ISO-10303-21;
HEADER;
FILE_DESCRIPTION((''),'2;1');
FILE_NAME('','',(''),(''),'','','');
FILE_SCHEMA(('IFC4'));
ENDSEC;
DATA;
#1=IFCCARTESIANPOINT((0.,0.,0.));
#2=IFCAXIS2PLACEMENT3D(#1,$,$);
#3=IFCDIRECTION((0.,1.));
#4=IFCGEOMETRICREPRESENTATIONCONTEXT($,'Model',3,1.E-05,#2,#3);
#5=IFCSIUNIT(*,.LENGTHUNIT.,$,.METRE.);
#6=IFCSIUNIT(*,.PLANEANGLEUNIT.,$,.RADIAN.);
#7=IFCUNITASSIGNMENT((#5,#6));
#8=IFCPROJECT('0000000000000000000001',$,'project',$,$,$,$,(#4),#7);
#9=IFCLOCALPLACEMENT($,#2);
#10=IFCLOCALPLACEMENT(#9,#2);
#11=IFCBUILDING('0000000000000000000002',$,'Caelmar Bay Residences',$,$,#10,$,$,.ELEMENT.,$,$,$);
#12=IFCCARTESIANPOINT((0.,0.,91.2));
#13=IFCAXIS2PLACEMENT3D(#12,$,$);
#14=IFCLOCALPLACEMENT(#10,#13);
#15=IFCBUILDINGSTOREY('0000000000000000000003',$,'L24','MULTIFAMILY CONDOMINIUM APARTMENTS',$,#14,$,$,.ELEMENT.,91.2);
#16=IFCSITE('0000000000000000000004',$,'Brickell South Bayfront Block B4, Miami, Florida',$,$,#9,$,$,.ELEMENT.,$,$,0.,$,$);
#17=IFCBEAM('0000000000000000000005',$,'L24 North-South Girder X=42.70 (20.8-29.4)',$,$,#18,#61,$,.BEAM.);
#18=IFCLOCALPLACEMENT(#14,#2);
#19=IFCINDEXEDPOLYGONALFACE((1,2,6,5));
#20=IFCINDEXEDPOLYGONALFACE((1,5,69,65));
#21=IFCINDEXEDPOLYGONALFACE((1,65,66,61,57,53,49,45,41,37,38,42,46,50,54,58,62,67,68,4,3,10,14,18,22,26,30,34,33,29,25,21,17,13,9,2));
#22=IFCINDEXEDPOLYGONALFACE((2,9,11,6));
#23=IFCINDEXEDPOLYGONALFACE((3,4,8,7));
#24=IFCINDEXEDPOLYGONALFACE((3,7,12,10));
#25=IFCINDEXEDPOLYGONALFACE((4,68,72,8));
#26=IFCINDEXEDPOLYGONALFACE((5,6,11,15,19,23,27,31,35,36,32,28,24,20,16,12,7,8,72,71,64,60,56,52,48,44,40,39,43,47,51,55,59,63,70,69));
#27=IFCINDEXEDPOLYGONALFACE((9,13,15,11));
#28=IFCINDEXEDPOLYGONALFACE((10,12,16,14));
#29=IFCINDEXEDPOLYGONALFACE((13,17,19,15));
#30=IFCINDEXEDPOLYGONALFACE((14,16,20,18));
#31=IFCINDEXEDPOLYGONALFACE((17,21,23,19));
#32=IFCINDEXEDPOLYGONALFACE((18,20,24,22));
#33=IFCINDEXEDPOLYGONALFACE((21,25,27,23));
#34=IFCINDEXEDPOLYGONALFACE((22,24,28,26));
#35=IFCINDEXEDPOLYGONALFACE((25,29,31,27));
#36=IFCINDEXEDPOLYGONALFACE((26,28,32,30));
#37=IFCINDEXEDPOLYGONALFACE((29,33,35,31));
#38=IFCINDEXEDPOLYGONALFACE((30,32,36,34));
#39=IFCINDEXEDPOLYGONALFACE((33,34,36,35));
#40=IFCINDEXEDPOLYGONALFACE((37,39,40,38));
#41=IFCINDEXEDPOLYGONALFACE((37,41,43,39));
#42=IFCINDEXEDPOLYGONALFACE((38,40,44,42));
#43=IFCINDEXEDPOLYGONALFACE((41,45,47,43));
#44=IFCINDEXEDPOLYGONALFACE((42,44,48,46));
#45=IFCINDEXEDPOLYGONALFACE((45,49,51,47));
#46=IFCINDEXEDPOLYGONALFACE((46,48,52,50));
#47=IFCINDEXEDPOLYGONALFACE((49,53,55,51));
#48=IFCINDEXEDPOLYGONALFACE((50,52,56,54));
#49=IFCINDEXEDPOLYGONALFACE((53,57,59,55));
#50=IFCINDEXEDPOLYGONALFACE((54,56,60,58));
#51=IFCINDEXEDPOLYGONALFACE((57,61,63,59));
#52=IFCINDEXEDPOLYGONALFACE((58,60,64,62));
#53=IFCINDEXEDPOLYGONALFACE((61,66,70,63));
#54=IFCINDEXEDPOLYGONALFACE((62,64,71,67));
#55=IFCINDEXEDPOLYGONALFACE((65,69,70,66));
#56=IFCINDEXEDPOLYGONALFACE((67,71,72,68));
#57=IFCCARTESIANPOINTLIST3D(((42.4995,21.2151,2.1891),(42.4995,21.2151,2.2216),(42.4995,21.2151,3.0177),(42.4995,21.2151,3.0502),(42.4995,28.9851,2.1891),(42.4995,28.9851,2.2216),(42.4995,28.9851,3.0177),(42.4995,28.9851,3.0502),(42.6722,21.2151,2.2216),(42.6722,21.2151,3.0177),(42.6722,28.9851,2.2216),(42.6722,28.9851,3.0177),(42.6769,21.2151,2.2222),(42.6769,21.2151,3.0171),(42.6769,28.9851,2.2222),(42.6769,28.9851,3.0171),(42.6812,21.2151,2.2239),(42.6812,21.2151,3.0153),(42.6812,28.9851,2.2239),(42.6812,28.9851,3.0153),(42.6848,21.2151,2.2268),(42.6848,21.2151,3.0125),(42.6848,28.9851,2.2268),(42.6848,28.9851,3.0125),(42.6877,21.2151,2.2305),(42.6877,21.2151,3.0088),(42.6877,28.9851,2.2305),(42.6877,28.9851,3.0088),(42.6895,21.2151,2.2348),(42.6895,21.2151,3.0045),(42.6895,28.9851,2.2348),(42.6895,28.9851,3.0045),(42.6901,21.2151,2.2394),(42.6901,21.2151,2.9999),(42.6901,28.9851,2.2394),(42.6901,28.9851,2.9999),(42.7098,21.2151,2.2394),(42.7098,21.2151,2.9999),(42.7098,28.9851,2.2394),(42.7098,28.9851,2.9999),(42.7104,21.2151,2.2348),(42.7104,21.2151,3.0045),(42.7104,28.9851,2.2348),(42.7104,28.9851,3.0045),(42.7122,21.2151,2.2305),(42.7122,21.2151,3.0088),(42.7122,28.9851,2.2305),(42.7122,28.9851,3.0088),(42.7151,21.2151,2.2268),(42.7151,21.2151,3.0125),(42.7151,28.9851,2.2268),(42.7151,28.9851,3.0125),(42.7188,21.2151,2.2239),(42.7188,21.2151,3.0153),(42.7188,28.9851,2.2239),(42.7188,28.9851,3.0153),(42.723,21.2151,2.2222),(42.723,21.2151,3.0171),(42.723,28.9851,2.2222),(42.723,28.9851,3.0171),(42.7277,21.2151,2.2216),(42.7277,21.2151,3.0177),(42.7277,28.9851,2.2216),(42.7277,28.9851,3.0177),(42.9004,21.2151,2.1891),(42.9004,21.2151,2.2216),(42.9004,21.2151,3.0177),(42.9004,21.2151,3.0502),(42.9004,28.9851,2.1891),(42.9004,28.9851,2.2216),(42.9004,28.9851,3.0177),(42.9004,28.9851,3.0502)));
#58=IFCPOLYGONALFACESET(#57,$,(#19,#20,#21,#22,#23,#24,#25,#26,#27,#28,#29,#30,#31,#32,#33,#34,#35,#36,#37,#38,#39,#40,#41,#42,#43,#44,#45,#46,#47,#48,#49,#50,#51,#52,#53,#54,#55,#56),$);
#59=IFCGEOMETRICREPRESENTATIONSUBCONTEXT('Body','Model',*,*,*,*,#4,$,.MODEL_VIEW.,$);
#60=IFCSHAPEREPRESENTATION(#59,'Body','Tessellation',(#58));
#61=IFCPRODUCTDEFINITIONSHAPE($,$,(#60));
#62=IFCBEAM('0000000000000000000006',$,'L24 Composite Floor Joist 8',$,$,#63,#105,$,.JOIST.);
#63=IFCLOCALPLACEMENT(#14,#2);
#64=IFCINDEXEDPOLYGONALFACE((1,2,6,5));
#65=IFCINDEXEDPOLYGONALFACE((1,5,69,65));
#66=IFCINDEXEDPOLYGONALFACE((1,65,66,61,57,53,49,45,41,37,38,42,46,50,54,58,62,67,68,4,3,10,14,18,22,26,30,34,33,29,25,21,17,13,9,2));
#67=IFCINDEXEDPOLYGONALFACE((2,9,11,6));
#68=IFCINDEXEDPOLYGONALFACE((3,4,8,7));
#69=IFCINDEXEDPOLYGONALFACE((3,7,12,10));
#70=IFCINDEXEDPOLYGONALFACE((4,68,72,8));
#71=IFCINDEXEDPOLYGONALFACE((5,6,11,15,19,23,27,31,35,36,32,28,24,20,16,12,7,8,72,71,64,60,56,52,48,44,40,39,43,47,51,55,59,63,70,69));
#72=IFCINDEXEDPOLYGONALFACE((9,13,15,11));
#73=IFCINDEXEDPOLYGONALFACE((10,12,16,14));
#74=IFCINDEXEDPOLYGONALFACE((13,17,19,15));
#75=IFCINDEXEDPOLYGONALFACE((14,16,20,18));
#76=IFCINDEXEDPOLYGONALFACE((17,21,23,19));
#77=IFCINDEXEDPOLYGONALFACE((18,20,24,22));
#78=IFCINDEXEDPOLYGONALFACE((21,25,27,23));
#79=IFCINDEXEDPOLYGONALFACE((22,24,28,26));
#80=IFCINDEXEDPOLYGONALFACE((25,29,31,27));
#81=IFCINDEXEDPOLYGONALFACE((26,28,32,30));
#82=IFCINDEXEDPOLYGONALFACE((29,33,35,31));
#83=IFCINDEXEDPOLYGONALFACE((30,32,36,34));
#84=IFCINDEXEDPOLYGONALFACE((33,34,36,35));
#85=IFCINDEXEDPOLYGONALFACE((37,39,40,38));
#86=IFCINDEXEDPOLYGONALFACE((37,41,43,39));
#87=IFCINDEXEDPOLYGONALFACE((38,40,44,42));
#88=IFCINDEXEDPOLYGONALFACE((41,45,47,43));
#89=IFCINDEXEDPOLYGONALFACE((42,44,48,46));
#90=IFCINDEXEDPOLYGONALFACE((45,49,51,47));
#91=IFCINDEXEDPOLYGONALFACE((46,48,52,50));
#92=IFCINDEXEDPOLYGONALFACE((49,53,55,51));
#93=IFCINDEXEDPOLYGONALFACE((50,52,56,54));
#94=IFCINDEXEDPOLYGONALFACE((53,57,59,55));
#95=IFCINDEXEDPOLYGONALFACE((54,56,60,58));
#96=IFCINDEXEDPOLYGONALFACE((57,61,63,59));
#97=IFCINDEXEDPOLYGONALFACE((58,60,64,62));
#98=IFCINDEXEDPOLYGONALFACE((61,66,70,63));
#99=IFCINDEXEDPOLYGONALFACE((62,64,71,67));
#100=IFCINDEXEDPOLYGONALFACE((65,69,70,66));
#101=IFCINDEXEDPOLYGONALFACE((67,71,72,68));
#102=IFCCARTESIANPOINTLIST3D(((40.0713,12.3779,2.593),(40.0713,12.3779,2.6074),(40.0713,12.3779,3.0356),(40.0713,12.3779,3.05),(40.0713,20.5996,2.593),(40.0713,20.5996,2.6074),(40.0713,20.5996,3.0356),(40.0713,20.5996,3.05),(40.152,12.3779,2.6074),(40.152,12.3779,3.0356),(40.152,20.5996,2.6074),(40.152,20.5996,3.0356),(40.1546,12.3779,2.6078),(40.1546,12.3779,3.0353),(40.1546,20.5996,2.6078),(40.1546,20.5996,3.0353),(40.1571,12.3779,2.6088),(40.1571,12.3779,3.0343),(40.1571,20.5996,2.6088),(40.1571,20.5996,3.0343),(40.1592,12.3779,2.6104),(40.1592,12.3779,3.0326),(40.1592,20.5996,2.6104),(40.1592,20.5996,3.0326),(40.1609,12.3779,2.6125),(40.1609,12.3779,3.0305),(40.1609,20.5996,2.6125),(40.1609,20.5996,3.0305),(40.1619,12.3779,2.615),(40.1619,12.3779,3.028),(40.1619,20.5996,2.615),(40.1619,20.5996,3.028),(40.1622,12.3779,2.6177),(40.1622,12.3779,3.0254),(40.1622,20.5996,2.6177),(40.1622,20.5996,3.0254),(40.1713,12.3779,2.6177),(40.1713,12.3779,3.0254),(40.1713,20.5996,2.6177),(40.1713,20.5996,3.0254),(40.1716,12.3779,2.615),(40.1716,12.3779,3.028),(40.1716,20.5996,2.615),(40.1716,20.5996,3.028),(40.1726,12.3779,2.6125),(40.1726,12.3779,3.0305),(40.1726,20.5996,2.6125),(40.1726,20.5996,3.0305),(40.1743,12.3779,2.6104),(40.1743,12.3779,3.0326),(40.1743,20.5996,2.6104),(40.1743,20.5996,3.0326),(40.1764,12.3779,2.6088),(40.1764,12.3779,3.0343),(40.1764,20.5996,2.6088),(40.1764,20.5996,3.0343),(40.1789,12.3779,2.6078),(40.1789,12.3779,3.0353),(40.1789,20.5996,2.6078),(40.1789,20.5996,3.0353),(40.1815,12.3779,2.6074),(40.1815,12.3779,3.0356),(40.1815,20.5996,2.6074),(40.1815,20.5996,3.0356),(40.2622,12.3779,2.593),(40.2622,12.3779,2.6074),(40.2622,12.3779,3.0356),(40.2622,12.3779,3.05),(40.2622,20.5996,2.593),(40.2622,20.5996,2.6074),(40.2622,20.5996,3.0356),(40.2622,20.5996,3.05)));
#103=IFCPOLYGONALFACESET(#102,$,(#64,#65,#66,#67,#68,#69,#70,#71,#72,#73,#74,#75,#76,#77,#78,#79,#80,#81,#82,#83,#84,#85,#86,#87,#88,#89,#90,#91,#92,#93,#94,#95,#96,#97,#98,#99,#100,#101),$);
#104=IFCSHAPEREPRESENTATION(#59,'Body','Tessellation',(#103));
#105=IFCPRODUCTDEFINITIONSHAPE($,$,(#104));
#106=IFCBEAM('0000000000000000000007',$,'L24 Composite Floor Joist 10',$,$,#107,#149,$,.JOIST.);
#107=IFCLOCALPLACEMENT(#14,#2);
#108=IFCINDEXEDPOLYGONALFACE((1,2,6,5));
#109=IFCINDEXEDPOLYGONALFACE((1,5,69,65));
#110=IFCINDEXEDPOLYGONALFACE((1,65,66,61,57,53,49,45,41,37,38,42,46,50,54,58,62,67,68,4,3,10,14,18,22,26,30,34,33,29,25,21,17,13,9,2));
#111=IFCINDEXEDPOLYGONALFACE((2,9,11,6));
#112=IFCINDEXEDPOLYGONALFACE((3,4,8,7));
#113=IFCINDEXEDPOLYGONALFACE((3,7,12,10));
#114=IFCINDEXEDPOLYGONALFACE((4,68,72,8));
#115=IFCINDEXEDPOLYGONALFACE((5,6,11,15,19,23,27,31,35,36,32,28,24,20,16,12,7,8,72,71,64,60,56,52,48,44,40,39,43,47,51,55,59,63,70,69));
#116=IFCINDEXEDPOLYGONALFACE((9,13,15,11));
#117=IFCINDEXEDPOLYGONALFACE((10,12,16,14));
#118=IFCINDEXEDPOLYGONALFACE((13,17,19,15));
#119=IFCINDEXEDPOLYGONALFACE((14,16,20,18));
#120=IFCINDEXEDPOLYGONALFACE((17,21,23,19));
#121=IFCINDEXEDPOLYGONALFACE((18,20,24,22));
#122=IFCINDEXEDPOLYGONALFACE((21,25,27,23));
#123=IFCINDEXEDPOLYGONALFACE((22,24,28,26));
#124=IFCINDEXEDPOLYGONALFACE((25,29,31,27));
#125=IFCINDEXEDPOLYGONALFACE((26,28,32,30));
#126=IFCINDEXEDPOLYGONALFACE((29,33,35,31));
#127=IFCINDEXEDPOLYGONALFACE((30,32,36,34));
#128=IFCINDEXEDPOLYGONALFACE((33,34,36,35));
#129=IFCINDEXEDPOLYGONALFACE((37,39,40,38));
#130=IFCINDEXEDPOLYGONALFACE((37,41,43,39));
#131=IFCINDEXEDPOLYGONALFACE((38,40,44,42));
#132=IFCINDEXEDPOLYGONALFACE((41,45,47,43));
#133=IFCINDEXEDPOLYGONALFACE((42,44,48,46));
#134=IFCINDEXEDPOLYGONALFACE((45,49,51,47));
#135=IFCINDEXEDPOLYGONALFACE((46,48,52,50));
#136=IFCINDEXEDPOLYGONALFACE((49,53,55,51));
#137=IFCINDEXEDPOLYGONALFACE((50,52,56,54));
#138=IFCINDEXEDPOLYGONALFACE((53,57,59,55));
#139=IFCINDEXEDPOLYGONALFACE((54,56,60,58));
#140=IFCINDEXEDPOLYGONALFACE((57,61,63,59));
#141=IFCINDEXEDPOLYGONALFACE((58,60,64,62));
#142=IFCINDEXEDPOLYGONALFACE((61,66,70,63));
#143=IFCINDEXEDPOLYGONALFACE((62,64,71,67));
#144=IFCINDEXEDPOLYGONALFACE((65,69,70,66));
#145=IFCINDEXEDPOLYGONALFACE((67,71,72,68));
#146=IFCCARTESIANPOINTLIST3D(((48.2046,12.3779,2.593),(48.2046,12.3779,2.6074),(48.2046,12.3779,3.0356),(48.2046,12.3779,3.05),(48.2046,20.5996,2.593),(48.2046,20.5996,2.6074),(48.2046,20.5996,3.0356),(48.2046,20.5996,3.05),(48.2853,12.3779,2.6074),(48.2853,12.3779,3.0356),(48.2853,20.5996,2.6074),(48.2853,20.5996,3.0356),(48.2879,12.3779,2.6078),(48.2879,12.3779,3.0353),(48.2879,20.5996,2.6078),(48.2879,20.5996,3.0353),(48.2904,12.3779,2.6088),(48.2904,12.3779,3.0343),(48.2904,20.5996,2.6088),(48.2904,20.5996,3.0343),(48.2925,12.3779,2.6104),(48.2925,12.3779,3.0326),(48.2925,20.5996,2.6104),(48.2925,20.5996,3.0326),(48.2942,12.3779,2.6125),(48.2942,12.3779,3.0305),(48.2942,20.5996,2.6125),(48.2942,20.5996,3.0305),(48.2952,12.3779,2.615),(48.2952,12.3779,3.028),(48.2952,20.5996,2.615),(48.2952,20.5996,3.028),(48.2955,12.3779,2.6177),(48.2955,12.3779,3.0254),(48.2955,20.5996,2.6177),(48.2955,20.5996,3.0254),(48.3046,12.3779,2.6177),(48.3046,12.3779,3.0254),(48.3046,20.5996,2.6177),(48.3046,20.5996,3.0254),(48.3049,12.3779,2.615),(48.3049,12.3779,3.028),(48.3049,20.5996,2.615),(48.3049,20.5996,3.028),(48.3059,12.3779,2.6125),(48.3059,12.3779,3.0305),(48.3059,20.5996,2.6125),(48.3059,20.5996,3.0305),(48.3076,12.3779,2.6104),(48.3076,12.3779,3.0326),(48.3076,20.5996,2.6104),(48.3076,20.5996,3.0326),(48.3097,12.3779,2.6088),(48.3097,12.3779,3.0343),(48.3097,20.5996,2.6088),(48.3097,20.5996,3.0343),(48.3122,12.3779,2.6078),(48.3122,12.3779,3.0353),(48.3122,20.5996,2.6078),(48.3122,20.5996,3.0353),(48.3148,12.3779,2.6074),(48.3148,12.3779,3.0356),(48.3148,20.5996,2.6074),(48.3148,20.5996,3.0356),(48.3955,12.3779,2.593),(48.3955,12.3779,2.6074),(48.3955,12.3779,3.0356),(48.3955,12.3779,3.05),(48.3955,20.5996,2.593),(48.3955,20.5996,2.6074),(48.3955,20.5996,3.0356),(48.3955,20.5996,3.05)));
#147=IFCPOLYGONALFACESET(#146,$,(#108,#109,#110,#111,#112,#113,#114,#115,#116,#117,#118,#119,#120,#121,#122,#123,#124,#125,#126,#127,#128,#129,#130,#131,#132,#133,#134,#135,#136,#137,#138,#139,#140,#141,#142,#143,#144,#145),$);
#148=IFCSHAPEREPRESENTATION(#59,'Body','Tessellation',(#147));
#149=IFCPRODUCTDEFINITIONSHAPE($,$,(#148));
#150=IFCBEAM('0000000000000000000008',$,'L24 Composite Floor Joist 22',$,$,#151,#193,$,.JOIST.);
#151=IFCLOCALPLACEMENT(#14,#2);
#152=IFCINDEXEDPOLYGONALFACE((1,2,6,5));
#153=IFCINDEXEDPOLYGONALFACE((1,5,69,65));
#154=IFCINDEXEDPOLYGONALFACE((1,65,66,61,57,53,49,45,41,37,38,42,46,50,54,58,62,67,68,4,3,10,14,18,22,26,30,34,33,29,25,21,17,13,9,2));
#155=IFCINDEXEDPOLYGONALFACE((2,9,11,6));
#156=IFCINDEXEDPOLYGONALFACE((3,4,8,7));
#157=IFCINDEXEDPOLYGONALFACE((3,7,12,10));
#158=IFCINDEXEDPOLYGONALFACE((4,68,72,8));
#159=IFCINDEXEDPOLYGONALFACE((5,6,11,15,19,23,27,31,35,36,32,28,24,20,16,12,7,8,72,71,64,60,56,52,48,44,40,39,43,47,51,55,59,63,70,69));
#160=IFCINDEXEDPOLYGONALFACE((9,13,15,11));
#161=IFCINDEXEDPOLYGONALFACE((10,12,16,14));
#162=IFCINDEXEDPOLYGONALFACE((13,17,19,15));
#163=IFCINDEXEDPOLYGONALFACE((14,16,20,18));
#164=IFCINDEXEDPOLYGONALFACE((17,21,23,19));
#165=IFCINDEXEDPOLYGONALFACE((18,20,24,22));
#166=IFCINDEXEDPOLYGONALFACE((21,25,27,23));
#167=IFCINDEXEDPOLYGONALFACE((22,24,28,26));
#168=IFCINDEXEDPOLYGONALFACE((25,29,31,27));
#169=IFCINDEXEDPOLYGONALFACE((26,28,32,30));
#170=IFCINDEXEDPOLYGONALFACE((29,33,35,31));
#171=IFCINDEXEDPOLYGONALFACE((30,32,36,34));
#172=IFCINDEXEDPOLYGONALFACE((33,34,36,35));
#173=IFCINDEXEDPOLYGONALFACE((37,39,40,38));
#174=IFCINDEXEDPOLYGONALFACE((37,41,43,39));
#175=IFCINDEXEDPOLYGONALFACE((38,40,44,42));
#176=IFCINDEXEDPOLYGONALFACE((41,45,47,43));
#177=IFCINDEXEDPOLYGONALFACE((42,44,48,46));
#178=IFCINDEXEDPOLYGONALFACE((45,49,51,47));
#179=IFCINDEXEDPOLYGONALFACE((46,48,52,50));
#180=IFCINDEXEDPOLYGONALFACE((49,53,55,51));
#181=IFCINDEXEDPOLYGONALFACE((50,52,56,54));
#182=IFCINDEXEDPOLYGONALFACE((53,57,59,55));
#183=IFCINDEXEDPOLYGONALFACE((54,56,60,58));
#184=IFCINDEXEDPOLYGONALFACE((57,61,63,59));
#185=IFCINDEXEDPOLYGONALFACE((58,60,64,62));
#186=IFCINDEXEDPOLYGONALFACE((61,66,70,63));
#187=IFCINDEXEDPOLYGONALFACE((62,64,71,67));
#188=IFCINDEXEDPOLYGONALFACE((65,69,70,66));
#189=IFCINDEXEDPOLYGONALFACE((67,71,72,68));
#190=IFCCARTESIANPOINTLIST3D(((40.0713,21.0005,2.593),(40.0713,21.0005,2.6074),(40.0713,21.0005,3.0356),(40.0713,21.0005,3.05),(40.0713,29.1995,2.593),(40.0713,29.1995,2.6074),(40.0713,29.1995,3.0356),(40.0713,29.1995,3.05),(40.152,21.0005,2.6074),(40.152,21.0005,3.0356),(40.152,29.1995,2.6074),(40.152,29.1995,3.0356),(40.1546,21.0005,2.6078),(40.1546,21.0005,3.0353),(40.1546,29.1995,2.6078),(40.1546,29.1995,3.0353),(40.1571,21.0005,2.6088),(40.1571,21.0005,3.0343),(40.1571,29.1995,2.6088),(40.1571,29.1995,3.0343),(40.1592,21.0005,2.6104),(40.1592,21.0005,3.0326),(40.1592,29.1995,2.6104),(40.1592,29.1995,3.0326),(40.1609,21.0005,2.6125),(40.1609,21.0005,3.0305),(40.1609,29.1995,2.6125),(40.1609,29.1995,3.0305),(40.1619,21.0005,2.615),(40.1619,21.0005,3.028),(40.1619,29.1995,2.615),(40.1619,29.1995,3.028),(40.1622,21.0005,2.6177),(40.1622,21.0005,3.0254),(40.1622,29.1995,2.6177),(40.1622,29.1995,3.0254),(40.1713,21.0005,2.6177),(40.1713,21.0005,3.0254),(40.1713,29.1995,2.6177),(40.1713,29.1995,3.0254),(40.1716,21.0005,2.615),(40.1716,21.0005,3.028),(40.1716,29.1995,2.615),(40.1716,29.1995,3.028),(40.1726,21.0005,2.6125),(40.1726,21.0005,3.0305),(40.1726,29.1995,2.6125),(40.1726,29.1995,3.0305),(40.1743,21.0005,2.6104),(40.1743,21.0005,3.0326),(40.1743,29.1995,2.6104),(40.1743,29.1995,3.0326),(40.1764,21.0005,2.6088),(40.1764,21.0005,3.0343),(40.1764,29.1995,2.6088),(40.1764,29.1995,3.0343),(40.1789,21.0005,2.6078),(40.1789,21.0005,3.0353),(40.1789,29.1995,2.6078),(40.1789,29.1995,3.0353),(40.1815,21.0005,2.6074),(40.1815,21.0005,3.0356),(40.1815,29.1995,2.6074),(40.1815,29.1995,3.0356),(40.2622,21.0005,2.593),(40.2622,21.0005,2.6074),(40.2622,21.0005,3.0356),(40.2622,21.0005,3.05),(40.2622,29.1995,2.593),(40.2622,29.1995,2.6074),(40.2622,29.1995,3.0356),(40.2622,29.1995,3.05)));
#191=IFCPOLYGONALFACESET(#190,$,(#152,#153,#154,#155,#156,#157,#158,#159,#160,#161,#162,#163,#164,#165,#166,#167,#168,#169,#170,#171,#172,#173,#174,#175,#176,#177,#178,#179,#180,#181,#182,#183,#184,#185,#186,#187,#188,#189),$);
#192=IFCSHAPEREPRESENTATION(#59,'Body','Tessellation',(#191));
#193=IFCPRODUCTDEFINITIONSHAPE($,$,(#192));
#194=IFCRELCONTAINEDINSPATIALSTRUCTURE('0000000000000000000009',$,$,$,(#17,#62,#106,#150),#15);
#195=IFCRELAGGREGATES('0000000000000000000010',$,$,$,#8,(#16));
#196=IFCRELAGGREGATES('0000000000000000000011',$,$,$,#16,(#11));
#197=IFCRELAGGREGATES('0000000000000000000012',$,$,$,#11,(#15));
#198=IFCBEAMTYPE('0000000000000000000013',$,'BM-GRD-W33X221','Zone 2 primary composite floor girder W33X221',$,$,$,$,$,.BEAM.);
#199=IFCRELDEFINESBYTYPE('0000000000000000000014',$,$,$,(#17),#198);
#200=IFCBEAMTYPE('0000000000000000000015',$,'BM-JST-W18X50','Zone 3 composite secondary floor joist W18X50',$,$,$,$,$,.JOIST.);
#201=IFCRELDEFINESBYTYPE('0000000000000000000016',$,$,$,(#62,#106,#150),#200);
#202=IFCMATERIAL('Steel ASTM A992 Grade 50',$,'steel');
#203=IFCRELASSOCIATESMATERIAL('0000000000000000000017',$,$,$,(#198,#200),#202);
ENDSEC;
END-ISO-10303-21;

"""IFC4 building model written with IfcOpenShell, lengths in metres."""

from ifc_helpers import new_model, si_unit, direction, frame, origin, origin_2d, place, context, subcontext, project, spatial, i_section, extrude, material, material_profile, profile_set, type_object, element, save


model = new_model("IFC4")

# Units and contexts
model_context = context("Model", 3, precision=1e-05, world=origin(), true_north=direction((0.0, 1.0)))
body_context = subcontext(model_context, "Body", "Model", "MODEL_VIEW")
ifc_project = project(units=[si_unit("LENGTHUNIT", "METRE"), si_unit("PLANEANGLEUNIT", "RADIAN")], contexts=[model_context])

# Site, building, storey
site_placement = place(None, origin())
site = spatial("IfcSite", under=ifc_project, at=site_placement, Name="Brickell South Bayfront Block B4, Miami, Florida", CompositionType="ELEMENT", RefElevation=0.0)
building_placement = place(site_placement, origin())
building = spatial("IfcBuilding", under=site, at=building_placement, Name="Caelmar Bay Residences", CompositionType="ELEMENT")
storey_placement = place(building_placement, frame((0.0, 0.0, 91.2)))
storey = spatial("IfcBuildingStorey", under=building, at=storey_placement, Name="L24", Description="MULTIFAMILY CONDOMINIUM APARTMENTS", CompositionType="ELEMENT", Elevation=91.2)

# Beams
ifc_material_1 = material(Name="Steel ASTM A992 Grade 50", Category="steel")
ifc_material_profile_1 = material_profile(ifc_material_1, i_section(OverallWidth=0.4009, OverallDepth=0.8611, WebThickness=0.0198, FlangeThickness=0.0325, FilletRadius=0.0178, at=origin_2d()), Name="W33X221")
ifc_profile_set_1 = profile_set([ifc_material_profile_1], Name="Steel ASTM A992 Grade 50")
beam_type_1 = type_object("IfcBeamType", Name="BM-GRD-W33X221", Description="Zone 2 primary composite floor girder W33X221", PredefinedType="BEAM", material=ifc_profile_set_1)
for number, where, z_axis, x_axis, name in (
    (1, (42.7, 21.2151, 2.6196), (0.0, 1.0, 0.0), (-1.0, 0.0, 0.0), "L24 North-South Girder X=42.70 (20.8-29.4)"),
):
    element("IfcBeam", number, at=place(storey_placement, frame(where, z_axis=z_axis, x_axis=x_axis)), inside=storey, type_object=beam_type_1, Name=name, PredefinedType="BEAM", context=body_context, shape_type="SweptSolid", body=[
        extrude(i_section(OverallWidth=0.4009, OverallDepth=0.8611, WebThickness=0.0198, FlangeThickness=0.0325, FilletRadius=0.0178, at=origin_2d()), origin(), (0.0, 0.0, 1.0), 7.77),
    ])
ifc_material_profile_2 = material_profile(ifc_material_1, i_section(OverallWidth=0.1909, OverallDepth=0.457, WebThickness=0.009, FlangeThickness=0.0144, FilletRadius=0.0103, at=origin_2d()), Name="W18X50")
ifc_profile_set_2 = profile_set([ifc_material_profile_2], Name="Steel ASTM A992 Grade 50")
beam_type_2 = type_object("IfcBeamType", Name="BM-JST-W18X50", Description="Zone 3 composite secondary floor joist W18X50", PredefinedType="JOIST", material=ifc_profile_set_2)
for number, where, z_axis, x_axis, name in (
    (2, (40.1667, 12.3779, 2.8215), (0.0, 1.0, 0.0), (-1.0, 0.0, 0.0), "L24 Composite Floor Joist 8"),
    (3, (48.3, 12.3779, 2.8215), (0.0, 1.0, 0.0), (-1.0, 0.0, 0.0), "L24 Composite Floor Joist 10"),
):
    element("IfcBeam", number, at=place(storey_placement, frame(where, z_axis=z_axis, x_axis=x_axis)), inside=storey, type_object=beam_type_2, Name=name, PredefinedType="JOIST", context=body_context, shape_type="SweptSolid", body=[
        extrude(i_section(OverallWidth=0.1909, OverallDepth=0.457, WebThickness=0.009, FlangeThickness=0.0144, FilletRadius=0.0103, at=origin_2d()), origin(), (0.0, 0.0, 1.0), 8.2217),
    ])
for number, where, z_axis, x_axis, name in (
    (4, (40.1667, 21.0005, 2.8215), (0.0, 1.0, 0.0), (-1.0, 0.0, 0.0), "L24 Composite Floor Joist 22"),
):
    element("IfcBeam", number, at=place(storey_placement, frame(where, z_axis=z_axis, x_axis=x_axis)), inside=storey, type_object=beam_type_2, Name=name, PredefinedType="JOIST", context=body_context, shape_type="SweptSolid", body=[
        extrude(i_section(OverallWidth=0.1909, OverallDepth=0.457, WebThickness=0.009, FlangeThickness=0.0144, FilletRadius=0.0103, at=origin_2d()), origin(), (0.0, 0.0, 1.0), 8.199),
    ])

save(model, "model.ifc")
